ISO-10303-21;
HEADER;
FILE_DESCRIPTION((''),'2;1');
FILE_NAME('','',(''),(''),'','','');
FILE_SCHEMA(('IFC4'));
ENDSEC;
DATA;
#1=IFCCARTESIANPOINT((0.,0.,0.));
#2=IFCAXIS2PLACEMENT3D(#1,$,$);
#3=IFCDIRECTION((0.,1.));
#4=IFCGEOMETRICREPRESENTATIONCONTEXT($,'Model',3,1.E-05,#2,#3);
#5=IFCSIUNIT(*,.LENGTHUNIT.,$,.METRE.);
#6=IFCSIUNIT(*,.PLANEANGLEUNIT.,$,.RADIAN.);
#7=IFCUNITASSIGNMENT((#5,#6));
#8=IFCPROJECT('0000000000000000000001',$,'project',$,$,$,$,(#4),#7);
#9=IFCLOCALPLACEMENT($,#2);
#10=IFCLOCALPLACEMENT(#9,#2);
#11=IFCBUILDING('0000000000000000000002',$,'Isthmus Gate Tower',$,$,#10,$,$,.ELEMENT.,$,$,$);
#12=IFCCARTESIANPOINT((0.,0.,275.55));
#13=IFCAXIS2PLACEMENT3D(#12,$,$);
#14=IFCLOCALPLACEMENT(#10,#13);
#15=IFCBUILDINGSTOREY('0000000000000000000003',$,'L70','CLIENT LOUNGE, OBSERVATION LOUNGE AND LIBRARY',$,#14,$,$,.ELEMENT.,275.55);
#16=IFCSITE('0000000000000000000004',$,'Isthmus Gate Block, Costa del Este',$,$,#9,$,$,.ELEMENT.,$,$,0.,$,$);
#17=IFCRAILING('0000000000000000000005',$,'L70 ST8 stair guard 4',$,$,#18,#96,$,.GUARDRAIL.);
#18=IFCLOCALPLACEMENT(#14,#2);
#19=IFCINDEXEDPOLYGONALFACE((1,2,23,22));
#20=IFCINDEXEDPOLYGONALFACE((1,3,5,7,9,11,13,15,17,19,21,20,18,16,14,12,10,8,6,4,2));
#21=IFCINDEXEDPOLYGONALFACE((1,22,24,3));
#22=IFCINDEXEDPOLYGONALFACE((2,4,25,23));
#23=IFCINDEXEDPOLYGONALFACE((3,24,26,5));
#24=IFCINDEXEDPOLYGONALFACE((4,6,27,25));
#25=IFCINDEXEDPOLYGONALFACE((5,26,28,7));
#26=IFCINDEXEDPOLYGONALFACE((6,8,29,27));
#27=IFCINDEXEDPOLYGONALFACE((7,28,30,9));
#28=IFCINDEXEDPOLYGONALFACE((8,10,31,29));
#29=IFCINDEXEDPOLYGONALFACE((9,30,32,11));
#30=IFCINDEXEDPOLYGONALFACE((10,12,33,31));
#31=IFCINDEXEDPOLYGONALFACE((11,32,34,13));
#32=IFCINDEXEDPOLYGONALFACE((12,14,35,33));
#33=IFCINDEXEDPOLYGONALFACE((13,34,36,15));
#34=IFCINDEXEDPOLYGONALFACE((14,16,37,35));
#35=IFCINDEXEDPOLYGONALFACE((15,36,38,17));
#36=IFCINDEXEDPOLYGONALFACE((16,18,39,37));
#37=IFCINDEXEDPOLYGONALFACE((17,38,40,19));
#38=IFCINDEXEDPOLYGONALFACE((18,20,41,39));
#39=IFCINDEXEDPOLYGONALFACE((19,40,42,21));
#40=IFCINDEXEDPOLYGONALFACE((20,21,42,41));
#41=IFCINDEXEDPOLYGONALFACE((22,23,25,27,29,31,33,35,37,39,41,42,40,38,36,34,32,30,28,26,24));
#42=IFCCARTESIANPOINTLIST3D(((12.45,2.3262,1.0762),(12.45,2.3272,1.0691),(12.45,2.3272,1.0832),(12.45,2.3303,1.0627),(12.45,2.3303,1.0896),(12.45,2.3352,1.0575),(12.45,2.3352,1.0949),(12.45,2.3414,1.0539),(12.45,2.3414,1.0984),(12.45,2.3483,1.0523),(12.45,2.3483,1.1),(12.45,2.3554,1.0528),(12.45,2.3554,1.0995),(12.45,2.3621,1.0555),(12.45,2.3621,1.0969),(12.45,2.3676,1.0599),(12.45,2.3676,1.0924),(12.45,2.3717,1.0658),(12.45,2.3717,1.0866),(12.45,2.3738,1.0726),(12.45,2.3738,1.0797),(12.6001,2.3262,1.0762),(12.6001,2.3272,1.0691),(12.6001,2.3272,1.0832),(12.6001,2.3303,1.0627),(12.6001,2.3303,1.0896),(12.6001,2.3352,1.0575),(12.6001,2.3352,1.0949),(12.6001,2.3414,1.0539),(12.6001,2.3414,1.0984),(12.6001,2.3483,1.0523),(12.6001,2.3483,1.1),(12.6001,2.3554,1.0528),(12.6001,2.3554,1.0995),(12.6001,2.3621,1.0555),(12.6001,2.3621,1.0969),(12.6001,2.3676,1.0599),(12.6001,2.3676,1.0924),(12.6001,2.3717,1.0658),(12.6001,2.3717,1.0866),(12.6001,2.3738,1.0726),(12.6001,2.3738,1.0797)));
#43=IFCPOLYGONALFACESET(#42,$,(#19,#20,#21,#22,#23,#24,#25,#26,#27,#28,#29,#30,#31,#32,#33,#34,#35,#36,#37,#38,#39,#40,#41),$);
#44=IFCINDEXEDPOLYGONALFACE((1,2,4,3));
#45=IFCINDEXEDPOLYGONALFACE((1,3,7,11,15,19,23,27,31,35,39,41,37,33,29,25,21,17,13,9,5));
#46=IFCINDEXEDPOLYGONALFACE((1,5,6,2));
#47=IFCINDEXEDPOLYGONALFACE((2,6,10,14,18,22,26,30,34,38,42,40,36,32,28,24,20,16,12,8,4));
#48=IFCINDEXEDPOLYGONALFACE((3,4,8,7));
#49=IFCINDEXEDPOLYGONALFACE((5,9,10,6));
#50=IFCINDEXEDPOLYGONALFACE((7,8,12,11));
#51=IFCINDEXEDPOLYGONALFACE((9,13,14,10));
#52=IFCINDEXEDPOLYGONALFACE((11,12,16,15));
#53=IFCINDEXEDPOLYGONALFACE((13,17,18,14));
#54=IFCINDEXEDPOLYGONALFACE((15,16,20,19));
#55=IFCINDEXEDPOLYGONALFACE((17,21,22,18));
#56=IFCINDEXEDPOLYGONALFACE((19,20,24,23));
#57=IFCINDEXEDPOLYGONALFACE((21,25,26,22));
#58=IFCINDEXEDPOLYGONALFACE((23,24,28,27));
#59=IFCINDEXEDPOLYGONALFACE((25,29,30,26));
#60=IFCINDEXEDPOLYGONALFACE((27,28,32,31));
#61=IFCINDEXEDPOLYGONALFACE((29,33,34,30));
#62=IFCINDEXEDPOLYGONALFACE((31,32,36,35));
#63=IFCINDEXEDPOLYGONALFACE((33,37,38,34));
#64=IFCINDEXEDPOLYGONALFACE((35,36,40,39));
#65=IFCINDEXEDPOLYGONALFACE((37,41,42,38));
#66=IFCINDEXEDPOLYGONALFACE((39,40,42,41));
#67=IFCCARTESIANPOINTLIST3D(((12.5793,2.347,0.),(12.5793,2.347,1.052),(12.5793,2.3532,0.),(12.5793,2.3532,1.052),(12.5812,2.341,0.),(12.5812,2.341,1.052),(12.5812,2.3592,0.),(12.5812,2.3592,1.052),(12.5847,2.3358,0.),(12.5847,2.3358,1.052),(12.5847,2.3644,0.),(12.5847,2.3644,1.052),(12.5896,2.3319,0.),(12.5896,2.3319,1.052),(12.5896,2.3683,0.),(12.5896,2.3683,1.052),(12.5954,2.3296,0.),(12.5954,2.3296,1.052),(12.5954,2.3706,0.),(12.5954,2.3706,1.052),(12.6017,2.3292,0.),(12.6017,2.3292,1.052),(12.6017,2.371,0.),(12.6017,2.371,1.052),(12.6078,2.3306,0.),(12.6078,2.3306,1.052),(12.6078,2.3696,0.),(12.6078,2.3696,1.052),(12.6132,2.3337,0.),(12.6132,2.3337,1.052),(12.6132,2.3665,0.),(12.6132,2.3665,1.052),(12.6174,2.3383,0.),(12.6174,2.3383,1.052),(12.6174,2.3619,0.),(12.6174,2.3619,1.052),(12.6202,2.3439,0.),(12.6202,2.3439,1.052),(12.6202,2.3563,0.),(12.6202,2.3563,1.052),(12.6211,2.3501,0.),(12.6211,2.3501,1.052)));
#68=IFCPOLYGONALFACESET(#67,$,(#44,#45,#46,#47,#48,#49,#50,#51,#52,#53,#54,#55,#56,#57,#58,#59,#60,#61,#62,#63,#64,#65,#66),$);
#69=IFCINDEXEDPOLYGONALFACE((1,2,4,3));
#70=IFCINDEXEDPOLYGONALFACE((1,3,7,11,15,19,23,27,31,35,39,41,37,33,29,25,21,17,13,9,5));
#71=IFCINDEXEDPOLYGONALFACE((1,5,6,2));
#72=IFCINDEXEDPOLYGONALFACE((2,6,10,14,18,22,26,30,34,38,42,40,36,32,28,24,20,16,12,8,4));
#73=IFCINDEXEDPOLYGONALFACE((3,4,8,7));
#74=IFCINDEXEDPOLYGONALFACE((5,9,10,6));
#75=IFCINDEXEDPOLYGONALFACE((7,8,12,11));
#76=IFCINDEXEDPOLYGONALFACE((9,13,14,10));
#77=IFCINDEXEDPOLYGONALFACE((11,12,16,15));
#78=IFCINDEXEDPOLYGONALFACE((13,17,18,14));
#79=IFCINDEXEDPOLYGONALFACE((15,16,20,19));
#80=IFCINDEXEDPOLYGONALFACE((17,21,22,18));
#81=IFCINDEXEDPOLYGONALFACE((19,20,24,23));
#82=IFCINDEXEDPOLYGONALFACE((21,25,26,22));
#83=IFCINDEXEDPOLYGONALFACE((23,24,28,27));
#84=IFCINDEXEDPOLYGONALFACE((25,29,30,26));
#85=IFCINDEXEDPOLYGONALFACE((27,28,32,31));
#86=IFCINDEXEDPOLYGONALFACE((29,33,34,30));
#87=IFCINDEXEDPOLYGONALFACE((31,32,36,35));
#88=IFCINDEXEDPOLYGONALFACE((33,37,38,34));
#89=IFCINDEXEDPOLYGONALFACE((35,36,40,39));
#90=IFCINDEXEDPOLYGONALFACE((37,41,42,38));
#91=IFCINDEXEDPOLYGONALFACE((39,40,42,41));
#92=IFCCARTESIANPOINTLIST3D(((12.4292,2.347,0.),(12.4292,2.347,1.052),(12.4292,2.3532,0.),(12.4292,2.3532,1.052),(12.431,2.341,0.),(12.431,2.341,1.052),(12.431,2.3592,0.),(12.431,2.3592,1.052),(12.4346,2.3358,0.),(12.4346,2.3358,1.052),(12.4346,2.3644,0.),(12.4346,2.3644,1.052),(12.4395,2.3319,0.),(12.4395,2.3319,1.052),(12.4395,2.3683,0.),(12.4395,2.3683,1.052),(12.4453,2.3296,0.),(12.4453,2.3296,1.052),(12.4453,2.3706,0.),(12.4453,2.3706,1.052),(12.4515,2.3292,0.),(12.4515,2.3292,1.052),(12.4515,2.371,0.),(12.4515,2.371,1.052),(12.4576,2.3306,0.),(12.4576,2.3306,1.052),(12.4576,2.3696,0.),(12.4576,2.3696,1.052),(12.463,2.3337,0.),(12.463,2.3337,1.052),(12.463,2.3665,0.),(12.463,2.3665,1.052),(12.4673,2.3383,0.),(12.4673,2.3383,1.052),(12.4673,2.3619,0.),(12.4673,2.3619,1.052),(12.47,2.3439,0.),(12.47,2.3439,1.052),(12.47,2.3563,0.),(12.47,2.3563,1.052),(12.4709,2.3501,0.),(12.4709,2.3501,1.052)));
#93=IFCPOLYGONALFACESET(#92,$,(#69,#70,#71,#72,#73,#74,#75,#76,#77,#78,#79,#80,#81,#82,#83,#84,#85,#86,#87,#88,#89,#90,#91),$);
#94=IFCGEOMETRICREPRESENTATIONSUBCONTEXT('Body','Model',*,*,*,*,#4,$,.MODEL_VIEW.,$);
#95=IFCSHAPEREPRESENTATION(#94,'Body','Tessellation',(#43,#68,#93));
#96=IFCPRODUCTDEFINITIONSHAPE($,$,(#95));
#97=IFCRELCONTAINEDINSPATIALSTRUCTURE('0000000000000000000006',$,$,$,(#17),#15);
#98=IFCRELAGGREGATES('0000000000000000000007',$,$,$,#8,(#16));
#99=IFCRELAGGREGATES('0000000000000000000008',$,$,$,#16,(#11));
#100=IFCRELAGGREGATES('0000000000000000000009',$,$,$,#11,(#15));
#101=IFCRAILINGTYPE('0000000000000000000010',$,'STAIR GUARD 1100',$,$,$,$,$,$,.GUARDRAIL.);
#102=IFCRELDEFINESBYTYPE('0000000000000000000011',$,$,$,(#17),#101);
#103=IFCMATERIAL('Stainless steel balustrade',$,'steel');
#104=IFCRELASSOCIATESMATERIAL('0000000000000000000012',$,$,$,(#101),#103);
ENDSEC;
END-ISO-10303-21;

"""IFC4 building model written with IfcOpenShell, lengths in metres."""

from ifc_helpers import new_model, si_unit, direction, frame, origin, origin_2d, place, context, subcontext, project, spatial, circle, extrude, material, type_object, element, save


model = new_model("IFC4")

# Units and contexts
model_context = context("Model", 3, precision=1e-05, world=origin(), true_north=direction((0.0, 1.0)))
body_context = subcontext(model_context, "Body", "Model", "MODEL_VIEW")
ifc_project = project(units=[si_unit("LENGTHUNIT", "METRE"), si_unit("PLANEANGLEUNIT", "RADIAN")], contexts=[model_context])

# Site, building, storey
site_placement = place(None, origin())
site = spatial("IfcSite", under=ifc_project, at=site_placement, Name="Isthmus Gate Block, Costa del Este", CompositionType="ELEMENT", RefElevation=0.0)
building_placement = place(site_placement, origin())
building = spatial("IfcBuilding", under=site, at=building_placement, Name="Isthmus Gate Tower", CompositionType="ELEMENT")
storey_placement = place(building_placement, frame((0.0, 0.0, 275.55)))
storey = spatial("IfcBuildingStorey", under=building, at=storey_placement, Name="L70", Description="CLIENT LOUNGE, OBSERVATION LOUNGE AND LIBRARY", CompositionType="ELEMENT", Elevation=275.55)

# Railing
ifc_material_1 = material(Name="Stainless steel balustrade", Category="steel")
railing_type_1 = type_object("IfcRailingType", Name="STAIR GUARD 1100", PredefinedType="GUARDRAIL", material=ifc_material_1)
railing_1_placement = place(storey_placement, frame((12.6001, 2.3501, 0.0)))
element("IfcRailing", 1, at=railing_1_placement, inside=storey, type_object=railing_type_1, Name="L70 ST8 stair guard 4", PredefinedType="GUARDRAIL", context=body_context, shape_type="SweptSolid", body=[
    extrude(circle(Radius=0.0239, at=origin_2d()), frame((0.0, 0.0, 1.0762), z_axis=(-1.0, 0.0, 0.0), x_axis=(0.0, -1.0, 0.0)), (0.0, 0.0, 1.0), 0.1501),
    extrude(circle(Radius=0.021, at=origin_2d()), origin(), (0.0, 0.0, 1.0), 1.052),
    extrude(circle(Radius=0.021, at=origin_2d()), frame((-0.1501, 0.0, 0.0)), (0.0, 0.0, 1.0), 1.052),
])

save(model, "model.ifc")
